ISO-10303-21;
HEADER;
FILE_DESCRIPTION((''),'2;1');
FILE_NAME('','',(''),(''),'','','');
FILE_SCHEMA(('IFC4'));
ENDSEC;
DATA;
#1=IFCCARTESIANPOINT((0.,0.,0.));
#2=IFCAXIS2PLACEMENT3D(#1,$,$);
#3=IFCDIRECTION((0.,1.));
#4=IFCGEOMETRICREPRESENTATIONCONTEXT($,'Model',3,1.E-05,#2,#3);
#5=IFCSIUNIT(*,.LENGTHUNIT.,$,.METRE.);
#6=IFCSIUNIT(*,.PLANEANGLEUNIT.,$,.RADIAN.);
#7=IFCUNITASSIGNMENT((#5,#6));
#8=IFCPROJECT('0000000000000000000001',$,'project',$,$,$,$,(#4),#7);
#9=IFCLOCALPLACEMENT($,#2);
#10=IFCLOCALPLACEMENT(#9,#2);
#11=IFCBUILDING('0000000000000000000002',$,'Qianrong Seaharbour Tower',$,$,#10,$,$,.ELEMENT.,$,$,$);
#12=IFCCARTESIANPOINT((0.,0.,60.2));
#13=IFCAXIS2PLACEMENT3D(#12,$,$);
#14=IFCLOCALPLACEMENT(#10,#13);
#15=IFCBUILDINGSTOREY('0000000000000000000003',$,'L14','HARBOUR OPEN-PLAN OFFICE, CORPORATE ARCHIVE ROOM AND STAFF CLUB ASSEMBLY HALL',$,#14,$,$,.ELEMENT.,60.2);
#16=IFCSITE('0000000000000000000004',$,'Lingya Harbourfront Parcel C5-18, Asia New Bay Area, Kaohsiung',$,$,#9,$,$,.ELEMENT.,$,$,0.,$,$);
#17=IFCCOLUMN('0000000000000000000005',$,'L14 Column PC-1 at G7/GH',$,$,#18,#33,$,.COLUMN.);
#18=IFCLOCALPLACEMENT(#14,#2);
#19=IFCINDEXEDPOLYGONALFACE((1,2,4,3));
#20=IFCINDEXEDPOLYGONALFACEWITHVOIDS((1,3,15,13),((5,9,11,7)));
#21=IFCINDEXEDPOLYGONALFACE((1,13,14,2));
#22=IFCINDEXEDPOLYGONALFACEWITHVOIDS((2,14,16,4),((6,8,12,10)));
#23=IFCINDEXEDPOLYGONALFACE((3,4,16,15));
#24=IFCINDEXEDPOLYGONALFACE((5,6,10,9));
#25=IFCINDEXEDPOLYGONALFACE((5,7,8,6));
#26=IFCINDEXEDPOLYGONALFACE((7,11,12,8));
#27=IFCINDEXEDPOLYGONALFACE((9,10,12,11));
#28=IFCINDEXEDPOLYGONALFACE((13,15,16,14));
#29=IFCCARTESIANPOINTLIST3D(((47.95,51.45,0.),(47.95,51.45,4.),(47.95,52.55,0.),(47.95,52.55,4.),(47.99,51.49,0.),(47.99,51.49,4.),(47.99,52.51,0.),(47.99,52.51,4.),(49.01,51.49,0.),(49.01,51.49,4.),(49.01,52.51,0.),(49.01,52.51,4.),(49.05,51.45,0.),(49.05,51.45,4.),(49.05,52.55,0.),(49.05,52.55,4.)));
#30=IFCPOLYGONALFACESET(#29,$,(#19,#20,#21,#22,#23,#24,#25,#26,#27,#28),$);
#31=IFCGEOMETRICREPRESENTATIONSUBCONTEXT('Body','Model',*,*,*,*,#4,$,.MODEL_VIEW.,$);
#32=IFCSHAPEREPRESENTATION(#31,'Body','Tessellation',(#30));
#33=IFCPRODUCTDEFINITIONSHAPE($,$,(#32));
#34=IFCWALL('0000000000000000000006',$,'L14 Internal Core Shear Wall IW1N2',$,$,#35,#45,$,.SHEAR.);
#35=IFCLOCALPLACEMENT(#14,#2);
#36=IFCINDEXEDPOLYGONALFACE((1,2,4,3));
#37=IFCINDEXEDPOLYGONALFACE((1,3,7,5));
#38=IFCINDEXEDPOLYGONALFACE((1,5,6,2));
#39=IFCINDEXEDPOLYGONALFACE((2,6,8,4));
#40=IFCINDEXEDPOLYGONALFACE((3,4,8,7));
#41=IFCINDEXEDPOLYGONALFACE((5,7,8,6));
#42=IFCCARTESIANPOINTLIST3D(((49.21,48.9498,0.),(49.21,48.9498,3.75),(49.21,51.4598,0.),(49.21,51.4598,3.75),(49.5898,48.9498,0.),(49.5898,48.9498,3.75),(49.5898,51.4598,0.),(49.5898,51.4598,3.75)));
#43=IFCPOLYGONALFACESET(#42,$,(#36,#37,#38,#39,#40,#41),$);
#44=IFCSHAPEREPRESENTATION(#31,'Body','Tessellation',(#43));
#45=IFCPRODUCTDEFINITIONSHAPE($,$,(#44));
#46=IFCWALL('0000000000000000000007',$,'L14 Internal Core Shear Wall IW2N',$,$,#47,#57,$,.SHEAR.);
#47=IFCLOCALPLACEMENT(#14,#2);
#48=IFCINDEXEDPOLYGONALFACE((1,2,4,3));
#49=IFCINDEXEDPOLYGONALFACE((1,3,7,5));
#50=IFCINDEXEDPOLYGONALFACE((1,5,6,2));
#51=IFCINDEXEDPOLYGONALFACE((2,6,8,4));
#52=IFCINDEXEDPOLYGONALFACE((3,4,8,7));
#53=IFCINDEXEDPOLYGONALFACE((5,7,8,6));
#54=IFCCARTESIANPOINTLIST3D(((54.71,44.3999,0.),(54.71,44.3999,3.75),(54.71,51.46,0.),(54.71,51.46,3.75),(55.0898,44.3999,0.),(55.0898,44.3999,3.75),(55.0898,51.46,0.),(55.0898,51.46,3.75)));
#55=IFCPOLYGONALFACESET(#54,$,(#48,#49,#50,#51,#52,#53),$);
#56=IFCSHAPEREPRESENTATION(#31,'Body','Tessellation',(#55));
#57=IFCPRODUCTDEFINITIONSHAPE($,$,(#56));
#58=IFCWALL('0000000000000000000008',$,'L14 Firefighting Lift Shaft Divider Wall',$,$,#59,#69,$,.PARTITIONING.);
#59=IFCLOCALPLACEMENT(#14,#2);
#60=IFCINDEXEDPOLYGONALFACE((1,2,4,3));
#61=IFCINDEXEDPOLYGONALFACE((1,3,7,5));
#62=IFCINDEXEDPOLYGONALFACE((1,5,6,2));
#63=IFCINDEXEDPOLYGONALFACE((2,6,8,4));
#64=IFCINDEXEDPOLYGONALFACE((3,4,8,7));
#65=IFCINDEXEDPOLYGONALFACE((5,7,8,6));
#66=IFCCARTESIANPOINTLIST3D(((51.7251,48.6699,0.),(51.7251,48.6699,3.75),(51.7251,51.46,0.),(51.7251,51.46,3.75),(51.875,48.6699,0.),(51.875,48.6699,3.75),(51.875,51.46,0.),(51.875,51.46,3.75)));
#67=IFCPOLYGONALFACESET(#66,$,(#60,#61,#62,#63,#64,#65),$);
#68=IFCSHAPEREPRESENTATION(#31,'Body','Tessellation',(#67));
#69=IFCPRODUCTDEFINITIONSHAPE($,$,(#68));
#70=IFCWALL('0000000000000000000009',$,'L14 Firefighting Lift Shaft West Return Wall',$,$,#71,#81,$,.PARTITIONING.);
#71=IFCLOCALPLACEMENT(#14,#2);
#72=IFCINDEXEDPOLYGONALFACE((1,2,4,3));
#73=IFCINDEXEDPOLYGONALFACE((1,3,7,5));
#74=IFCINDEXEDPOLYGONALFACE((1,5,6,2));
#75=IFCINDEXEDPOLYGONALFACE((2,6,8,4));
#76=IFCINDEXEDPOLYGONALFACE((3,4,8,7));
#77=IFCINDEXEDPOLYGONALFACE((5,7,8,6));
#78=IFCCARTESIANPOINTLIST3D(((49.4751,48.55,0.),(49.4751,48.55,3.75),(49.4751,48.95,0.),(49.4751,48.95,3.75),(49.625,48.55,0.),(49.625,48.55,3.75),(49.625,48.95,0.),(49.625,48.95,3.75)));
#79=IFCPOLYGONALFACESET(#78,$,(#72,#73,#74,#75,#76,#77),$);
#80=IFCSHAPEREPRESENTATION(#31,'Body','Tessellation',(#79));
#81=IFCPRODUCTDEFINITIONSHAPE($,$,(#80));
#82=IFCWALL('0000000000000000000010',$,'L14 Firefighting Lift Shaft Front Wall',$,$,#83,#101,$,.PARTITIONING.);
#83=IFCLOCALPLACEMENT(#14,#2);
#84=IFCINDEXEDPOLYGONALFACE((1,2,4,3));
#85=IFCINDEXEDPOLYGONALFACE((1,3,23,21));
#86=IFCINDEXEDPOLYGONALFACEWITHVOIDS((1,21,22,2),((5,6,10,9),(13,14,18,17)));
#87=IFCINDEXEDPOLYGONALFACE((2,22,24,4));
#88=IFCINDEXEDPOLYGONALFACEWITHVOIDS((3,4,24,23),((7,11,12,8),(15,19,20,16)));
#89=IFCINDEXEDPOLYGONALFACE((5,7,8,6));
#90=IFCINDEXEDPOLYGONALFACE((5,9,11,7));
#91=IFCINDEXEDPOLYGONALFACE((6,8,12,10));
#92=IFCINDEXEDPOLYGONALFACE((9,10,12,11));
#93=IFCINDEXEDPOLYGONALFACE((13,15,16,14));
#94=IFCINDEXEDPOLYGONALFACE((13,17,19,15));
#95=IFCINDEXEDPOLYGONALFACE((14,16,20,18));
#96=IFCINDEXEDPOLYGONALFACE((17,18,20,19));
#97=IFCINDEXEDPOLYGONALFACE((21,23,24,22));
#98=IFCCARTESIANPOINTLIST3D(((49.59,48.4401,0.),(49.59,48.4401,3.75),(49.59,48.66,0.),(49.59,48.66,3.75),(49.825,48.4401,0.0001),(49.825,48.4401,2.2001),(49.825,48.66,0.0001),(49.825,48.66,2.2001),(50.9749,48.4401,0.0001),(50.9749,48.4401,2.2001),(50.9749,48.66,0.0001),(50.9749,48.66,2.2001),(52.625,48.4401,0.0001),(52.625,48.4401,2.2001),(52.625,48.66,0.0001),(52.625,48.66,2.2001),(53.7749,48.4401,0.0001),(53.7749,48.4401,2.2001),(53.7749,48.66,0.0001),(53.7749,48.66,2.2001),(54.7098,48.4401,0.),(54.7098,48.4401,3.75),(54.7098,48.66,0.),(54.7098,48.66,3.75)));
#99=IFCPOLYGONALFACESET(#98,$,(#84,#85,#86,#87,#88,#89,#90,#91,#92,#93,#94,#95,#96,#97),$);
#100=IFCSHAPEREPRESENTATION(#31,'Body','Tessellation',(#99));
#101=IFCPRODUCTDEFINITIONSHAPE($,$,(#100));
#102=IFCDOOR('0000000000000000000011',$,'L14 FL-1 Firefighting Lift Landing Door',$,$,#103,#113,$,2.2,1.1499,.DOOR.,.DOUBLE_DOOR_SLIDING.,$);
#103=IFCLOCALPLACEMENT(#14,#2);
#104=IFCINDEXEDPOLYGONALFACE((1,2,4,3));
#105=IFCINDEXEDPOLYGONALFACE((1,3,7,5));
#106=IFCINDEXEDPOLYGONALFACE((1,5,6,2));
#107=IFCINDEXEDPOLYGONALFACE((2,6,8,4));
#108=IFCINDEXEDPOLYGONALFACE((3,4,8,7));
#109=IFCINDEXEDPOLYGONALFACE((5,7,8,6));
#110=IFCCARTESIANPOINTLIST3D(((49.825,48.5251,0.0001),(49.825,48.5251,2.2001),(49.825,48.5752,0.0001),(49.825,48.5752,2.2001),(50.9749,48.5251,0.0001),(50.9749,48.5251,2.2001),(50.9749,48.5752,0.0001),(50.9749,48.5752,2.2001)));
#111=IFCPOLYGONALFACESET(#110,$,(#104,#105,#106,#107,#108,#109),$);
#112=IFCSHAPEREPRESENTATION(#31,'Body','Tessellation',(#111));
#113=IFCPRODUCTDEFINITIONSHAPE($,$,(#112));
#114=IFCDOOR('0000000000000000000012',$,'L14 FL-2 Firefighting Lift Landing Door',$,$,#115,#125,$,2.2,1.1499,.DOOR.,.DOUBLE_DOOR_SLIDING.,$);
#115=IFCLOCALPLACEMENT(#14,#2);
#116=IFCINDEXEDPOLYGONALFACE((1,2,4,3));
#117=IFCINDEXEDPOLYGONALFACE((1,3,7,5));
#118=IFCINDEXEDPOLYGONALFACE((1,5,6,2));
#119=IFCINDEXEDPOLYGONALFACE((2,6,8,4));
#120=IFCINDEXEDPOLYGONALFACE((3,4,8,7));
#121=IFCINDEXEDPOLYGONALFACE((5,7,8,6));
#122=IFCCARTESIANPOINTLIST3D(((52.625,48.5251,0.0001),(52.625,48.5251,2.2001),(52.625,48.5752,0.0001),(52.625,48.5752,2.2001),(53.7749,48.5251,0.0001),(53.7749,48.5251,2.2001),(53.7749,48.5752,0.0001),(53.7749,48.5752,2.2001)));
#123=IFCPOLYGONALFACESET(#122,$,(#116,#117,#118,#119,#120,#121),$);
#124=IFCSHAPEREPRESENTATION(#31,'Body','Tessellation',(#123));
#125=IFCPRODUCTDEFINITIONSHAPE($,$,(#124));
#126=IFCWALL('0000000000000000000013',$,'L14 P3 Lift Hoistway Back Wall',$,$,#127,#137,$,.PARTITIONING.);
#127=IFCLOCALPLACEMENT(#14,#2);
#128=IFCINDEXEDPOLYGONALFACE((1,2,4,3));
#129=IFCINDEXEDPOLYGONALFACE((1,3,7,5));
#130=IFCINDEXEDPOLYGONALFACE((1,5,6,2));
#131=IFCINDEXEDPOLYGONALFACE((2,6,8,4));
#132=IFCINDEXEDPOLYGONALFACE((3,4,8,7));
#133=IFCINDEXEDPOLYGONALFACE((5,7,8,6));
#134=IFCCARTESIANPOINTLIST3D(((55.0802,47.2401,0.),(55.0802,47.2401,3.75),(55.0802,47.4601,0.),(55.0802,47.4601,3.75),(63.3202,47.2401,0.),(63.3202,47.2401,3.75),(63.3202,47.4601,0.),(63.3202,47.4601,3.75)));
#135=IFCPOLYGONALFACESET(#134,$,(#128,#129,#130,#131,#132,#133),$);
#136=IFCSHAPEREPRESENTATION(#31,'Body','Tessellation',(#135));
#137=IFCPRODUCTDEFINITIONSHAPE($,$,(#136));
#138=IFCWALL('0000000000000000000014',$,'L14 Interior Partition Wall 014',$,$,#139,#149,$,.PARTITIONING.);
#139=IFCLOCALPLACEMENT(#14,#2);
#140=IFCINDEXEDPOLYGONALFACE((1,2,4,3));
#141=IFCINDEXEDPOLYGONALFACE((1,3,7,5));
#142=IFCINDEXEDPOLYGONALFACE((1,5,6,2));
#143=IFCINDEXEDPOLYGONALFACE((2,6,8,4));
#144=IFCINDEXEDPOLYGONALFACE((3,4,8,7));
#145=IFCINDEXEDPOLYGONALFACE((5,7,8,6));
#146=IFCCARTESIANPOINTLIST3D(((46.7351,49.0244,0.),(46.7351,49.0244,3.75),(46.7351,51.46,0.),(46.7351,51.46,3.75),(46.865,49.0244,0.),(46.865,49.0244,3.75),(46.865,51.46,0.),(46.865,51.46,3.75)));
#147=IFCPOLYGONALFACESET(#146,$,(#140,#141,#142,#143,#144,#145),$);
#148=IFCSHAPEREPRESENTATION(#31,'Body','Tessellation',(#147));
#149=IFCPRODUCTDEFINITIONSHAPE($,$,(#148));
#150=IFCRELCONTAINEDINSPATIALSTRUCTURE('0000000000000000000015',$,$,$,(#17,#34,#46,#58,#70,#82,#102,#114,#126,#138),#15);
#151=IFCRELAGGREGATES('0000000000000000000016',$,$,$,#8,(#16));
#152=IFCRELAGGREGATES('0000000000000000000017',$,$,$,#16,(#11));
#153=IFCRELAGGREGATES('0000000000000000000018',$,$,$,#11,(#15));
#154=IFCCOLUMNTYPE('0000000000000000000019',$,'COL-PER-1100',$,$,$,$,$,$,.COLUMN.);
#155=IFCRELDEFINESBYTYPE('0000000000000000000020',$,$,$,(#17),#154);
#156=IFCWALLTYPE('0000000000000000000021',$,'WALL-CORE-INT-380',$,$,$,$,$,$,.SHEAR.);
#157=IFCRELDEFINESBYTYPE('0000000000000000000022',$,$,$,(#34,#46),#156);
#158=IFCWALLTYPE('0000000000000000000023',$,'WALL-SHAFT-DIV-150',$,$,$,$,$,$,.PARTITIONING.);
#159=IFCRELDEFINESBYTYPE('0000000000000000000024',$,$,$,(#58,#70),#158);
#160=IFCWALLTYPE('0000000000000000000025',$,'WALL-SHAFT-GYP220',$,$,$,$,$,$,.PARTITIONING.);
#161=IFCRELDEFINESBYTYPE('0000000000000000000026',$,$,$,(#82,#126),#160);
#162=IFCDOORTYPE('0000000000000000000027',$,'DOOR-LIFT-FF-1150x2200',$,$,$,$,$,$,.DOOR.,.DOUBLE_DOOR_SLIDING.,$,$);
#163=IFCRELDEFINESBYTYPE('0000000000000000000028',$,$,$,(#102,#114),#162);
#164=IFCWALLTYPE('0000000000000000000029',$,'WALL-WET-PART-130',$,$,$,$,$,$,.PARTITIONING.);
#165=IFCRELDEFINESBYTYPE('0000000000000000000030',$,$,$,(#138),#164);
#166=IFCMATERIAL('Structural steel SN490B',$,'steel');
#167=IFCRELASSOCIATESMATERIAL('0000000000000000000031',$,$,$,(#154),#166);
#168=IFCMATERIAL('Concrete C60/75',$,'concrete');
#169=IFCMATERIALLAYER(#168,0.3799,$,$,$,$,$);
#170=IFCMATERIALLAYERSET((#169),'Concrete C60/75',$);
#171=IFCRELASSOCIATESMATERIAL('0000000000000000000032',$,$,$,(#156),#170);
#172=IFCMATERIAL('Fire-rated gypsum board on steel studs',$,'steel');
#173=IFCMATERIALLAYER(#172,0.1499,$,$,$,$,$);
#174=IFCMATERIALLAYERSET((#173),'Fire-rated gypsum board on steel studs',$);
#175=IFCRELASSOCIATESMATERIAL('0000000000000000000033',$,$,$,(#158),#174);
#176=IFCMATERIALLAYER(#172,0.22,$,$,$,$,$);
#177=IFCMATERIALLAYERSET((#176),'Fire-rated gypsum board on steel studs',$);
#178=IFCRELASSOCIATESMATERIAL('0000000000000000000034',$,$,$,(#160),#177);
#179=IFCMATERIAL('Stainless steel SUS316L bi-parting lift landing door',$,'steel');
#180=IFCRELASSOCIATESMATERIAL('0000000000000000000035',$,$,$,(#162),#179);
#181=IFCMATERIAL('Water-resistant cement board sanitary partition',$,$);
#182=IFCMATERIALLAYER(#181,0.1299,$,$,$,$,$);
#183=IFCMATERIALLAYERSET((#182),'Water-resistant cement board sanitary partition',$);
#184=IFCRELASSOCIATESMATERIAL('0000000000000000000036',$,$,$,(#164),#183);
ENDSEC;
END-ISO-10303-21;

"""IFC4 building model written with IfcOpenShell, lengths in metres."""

from ifc_helpers import new_model, si_unit, direction, frame, frame_2d, origin, origin_2d, place, context, subcontext, project, spatial, rectangle, hollow_rectangle, extrude, material, layer, layer_set, material_profile, profile_set, type_object, element, fill, save


model = new_model("IFC4")

# Units and contexts
model_context = context("Model", 3, precision=1e-05, world=origin(), true_north=direction((0.0, 1.0)))
body_context = subcontext(model_context, "Body", "Model", "MODEL_VIEW")
ifc_project = project(units=[si_unit("LENGTHUNIT", "METRE"), si_unit("PLANEANGLEUNIT", "RADIAN")], contexts=[model_context])

# Site, building, storey
site_placement = place(None, origin())
site = spatial("IfcSite", under=ifc_project, at=site_placement, Name="Lingya Harbourfront Parcel C5-18, Asia New Bay Area, Kaohsiung", CompositionType="ELEMENT", RefElevation=0.0)
building_placement = place(site_placement, origin())
building = spatial("IfcBuilding", under=site, at=building_placement, Name="Qianrong Seaharbour Tower", CompositionType="ELEMENT")
storey_placement = place(building_placement, frame((0.0, 0.0, 60.2)))
storey = spatial("IfcBuildingStorey", under=building, at=storey_placement, Name="L14", Description="HARBOUR OPEN-PLAN OFFICE, CORPORATE ARCHIVE ROOM AND STAFF CLUB ASSEMBLY HALL", CompositionType="ELEMENT", Elevation=60.2)

# Column
ifc_material_1 = material(Name="Structural steel SN490B", Category="steel")
ifc_material_profile = material_profile(ifc_material_1, hollow_rectangle(XDim=1.1001, YDim=1.1001, WallThickness=0.04, at=origin_2d()), Name="BOX1100x1100x40")
ifc_profile_set = profile_set([ifc_material_profile], Name="Structural steel SN490B")
column_type = type_object("IfcColumnType", Name="COL-PER-1100", PredefinedType="COLUMN", material=ifc_profile_set)
column_placement = place(storey_placement, frame((48.5, 52.0, 0.0), z_axis=(0.0, 0.0, 1.0), x_axis=(1.0, 0.0, 0.0)))
element("IfcColumn", 1, at=column_placement, inside=storey, type_object=column_type, Name="L14 Column PC-1 at G7/GH", PredefinedType="COLUMN", context=body_context, shape_type="SweptSolid", body=[
    extrude(hollow_rectangle(XDim=1.1001, YDim=1.1001, WallThickness=0.04, at=origin_2d()), origin(), (0.0, 0.0, 1.0), 4.0),
])

# Walls
ifc_material_2 = material(Name="Concrete C60/75", Category="concrete")
ifc_layer_1 = layer(ifc_material_2, 0.3799)
ifc_layer_set_1 = layer_set([ifc_layer_1], Name="Concrete C60/75")
wall_type_1 = type_object("IfcWallType", Name="WALL-CORE-INT-380", PredefinedType="SHEAR", material=ifc_layer_set_1)
wall_1_placement = place(storey_placement, frame((49.3999, 48.95, 0.0), z_axis=(0.0, 0.0, 1.0), x_axis=(0.0, 1.0, 0.0)))
element("IfcWall", 2, at=wall_1_placement, inside=storey, type_object=wall_type_1, Name="L14 Internal Core Shear Wall IW1N2", PredefinedType="SHEAR", context=body_context, shape_type="SweptSolid", body=[
    extrude(rectangle(XDim=2.51, YDim=0.3799, at=frame_2d((1.2549, 0.0))), origin(), (0.0, 0.0, 1.0), 3.75),
])
wall_2_placement = place(storey_placement, frame((54.8999, 44.3999, 0.0), z_axis=(0.0, 0.0, 1.0), x_axis=(0.0, 1.0, 0.0)))
element("IfcWall", 3, at=wall_2_placement, inside=storey, type_object=wall_type_1, Name="L14 Internal Core Shear Wall IW2N", PredefinedType="SHEAR", context=body_context, shape_type="SweptSolid", body=[
    extrude(rectangle(XDim=7.0601, YDim=0.3799, at=frame_2d((3.53, 0.0))), origin(), (0.0, 0.0, 1.0), 3.75),
])

# Walls
ifc_material_3 = material(Name="Fire-rated gypsum board on steel studs", Category="steel")
ifc_layer_2 = layer(ifc_material_3, 0.1499)
ifc_layer_set_2 = layer_set([ifc_layer_2], Name="Fire-rated gypsum board on steel studs")
wall_type_2 = type_object("IfcWallType", Name="WALL-SHAFT-DIV-150", PredefinedType="PARTITIONING", material=ifc_layer_set_2)
wall_3_placement = place(storey_placement, frame((51.8, 48.6699, 0.0), z_axis=(0.0, 0.0, 1.0), x_axis=(0.0, 1.0, 0.0)))
element("IfcWall", 4, at=wall_3_placement, inside=storey, type_object=wall_type_2, Name="L14 Firefighting Lift Shaft Divider Wall", PredefinedType="PARTITIONING", context=body_context, shape_type="SweptSolid", body=[
    extrude(rectangle(XDim=2.79, YDim=0.1499, at=frame_2d((1.395, 0.0))), origin(), (0.0, 0.0, 1.0), 3.75),
])
wall_4_placement = place(storey_placement, frame((49.55, 48.55, 0.0), z_axis=(0.0, 0.0, 1.0), x_axis=(0.0, 1.0, 0.0)))
element("IfcWall", 5, at=wall_4_placement, inside=storey, type_object=wall_type_2, Name="L14 Firefighting Lift Shaft West Return Wall", PredefinedType="PARTITIONING", context=body_context, shape_type="SweptSolid", body=[
    extrude(rectangle(XDim=0.3999, YDim=0.1499, at=frame_2d((0.2, 0.0))), origin(), (0.0, 0.0, 1.0), 3.75),
])

# Wall, openings, doors
ifc_layer_3 = layer(ifc_material_3, 0.22)
ifc_layer_set_3 = layer_set([ifc_layer_3], Name="Fire-rated gypsum board on steel studs")
wall_type_3 = type_object("IfcWallType", Name="WALL-SHAFT-GYP220", PredefinedType="PARTITIONING", material=ifc_layer_set_3)
wall_5_placement = place(storey_placement, frame((54.71, 48.55, 0.0), z_axis=(0.0, 0.0, 1.0), x_axis=(-1.0, 0.0, 0.0)))
wall_5 = element("IfcWall", 6, at=wall_5_placement, inside=storey, type_object=wall_type_3, Name="L14 Firefighting Lift Shaft Front Wall", PredefinedType="PARTITIONING", context=body_context, shape_type="SweptSolid", body=[
    extrude(rectangle(XDim=5.1199, YDim=0.22, at=frame_2d((2.5601, 0.0))), origin(), (0.0, 0.0, 1.0), 3.75),
])
opening_1_placement = place(wall_5_placement, frame((3.7351, 0.0, 0.0)))
opening_1 = element("IfcOpeningElement", 7, at=opening_1_placement, cuts=wall_5, PredefinedType="OPENING", context=body_context, shape_type="SweptSolid", body=[
    extrude(rectangle(XDim=1.1499, YDim=2.2, at=frame_2d((0.575, 1.1001))), frame((0.0, 0.1201, 0.0), z_axis=(0.0, -1.0, 0.0), x_axis=(1.0, 0.0, 0.0)), (0.0, 0.0, 1.0), 0.24),
])
opening_2_placement = place(wall_5_placement, frame((0.9351, 0.0, 0.0)))
opening_2 = element("IfcOpeningElement", 8, at=opening_2_placement, cuts=wall_5, PredefinedType="OPENING", context=body_context, shape_type="SweptSolid", body=[
    extrude(rectangle(XDim=1.1499, YDim=2.2, at=frame_2d((0.575, 1.1001))), frame((0.0, 0.1201, 0.0), z_axis=(0.0, -1.0, 0.0), x_axis=(1.0, 0.0, 0.0)), (0.0, 0.0, 1.0), 0.24),
])
ifc_material_4 = material(Name="Stainless steel SUS316L bi-parting lift landing door", Category="steel")
door_type_1 = type_object("IfcDoorType", Name="DOOR-LIFT-FF-1150x2200", OperationType="DOUBLE_DOOR_SLIDING", PredefinedType="DOOR", material=ifc_material_4)
door_1_placement = place(opening_1_placement, origin())
door_1 = element("IfcDoor", 9, at=door_1_placement, inside=storey, type_object=door_type_1, Name="L14 FL-1 Firefighting Lift Landing Door", OperationType="DOUBLE_DOOR_SLIDING", OverallHeight=2.2, OverallWidth=1.1499, PredefinedType="DOOR", context=body_context, shape_type="SweptSolid", body=[
    extrude(rectangle(XDim=1.1499, YDim=2.2, at=frame_2d((0.575, 1.1001))), frame((0.0, 0.0249, 0.0), z_axis=(0.0, -1.0, 0.0), x_axis=(1.0, 0.0, 0.0)), (0.0, 0.0, 1.0), 0.05),
])
fill(opening_1, door_1)
door_2_placement = place(opening_2_placement, origin())
door_2 = element("IfcDoor", 10, at=door_2_placement, inside=storey, type_object=door_type_1, Name="L14 FL-2 Firefighting Lift Landing Door", OperationType="DOUBLE_DOOR_SLIDING", OverallHeight=2.2, OverallWidth=1.1499, PredefinedType="DOOR", context=body_context, shape_type="SweptSolid", body=[
    extrude(rectangle(XDim=1.1499, YDim=2.2, at=frame_2d((0.575, 1.1001))), frame((0.0, 0.0249, 0.0), z_axis=(0.0, -1.0, 0.0), x_axis=(1.0, 0.0, 0.0)), (0.0, 0.0, 1.0), 0.05),
])
fill(opening_2, door_2)

# Walls
wall_6_placement = place(storey_placement, frame((55.0801, 47.3501, 0.0), z_axis=(0.0, 0.0, 1.0), x_axis=(1.0, 0.0, 0.0)))
element("IfcWall", 11, at=wall_6_placement, inside=storey, type_object=wall_type_3, Name="L14 P3 Lift Hoistway Back Wall", PredefinedType="PARTITIONING", context=body_context, shape_type="SweptSolid", body=[
    extrude(rectangle(XDim=8.24, YDim=0.22, at=frame_2d((4.1201, 0.0))), origin(), (0.0, 0.0, 1.0), 3.75),
])
ifc_material_5 = material(Name="Water-resistant cement board sanitary partition")
ifc_layer_4 = layer(ifc_material_5, 0.1299)
ifc_layer_set_4 = layer_set([ifc_layer_4], Name="Water-resistant cement board sanitary partition")
wall_type_4 = type_object("IfcWallType", Name="WALL-WET-PART-130", PredefinedType="PARTITIONING", material=ifc_layer_set_4)
wall_7_placement = place(storey_placement, frame((46.8, 51.46, 0.0), z_axis=(0.0, 0.0, 1.0), x_axis=(0.0, -1.0, 0.0)))
element("IfcWall", 12, at=wall_7_placement, inside=storey, type_object=wall_type_4, Name="L14 Interior Partition Wall 014", PredefinedType="PARTITIONING", context=body_context, shape_type="SweptSolid", body=[
    extrude(rectangle(XDim=2.4355, YDim=0.1299, at=frame_2d((1.2178, 0.0))), origin(), (0.0, 0.0, 1.0), 3.75),
])

save(model, "model.ifc")
